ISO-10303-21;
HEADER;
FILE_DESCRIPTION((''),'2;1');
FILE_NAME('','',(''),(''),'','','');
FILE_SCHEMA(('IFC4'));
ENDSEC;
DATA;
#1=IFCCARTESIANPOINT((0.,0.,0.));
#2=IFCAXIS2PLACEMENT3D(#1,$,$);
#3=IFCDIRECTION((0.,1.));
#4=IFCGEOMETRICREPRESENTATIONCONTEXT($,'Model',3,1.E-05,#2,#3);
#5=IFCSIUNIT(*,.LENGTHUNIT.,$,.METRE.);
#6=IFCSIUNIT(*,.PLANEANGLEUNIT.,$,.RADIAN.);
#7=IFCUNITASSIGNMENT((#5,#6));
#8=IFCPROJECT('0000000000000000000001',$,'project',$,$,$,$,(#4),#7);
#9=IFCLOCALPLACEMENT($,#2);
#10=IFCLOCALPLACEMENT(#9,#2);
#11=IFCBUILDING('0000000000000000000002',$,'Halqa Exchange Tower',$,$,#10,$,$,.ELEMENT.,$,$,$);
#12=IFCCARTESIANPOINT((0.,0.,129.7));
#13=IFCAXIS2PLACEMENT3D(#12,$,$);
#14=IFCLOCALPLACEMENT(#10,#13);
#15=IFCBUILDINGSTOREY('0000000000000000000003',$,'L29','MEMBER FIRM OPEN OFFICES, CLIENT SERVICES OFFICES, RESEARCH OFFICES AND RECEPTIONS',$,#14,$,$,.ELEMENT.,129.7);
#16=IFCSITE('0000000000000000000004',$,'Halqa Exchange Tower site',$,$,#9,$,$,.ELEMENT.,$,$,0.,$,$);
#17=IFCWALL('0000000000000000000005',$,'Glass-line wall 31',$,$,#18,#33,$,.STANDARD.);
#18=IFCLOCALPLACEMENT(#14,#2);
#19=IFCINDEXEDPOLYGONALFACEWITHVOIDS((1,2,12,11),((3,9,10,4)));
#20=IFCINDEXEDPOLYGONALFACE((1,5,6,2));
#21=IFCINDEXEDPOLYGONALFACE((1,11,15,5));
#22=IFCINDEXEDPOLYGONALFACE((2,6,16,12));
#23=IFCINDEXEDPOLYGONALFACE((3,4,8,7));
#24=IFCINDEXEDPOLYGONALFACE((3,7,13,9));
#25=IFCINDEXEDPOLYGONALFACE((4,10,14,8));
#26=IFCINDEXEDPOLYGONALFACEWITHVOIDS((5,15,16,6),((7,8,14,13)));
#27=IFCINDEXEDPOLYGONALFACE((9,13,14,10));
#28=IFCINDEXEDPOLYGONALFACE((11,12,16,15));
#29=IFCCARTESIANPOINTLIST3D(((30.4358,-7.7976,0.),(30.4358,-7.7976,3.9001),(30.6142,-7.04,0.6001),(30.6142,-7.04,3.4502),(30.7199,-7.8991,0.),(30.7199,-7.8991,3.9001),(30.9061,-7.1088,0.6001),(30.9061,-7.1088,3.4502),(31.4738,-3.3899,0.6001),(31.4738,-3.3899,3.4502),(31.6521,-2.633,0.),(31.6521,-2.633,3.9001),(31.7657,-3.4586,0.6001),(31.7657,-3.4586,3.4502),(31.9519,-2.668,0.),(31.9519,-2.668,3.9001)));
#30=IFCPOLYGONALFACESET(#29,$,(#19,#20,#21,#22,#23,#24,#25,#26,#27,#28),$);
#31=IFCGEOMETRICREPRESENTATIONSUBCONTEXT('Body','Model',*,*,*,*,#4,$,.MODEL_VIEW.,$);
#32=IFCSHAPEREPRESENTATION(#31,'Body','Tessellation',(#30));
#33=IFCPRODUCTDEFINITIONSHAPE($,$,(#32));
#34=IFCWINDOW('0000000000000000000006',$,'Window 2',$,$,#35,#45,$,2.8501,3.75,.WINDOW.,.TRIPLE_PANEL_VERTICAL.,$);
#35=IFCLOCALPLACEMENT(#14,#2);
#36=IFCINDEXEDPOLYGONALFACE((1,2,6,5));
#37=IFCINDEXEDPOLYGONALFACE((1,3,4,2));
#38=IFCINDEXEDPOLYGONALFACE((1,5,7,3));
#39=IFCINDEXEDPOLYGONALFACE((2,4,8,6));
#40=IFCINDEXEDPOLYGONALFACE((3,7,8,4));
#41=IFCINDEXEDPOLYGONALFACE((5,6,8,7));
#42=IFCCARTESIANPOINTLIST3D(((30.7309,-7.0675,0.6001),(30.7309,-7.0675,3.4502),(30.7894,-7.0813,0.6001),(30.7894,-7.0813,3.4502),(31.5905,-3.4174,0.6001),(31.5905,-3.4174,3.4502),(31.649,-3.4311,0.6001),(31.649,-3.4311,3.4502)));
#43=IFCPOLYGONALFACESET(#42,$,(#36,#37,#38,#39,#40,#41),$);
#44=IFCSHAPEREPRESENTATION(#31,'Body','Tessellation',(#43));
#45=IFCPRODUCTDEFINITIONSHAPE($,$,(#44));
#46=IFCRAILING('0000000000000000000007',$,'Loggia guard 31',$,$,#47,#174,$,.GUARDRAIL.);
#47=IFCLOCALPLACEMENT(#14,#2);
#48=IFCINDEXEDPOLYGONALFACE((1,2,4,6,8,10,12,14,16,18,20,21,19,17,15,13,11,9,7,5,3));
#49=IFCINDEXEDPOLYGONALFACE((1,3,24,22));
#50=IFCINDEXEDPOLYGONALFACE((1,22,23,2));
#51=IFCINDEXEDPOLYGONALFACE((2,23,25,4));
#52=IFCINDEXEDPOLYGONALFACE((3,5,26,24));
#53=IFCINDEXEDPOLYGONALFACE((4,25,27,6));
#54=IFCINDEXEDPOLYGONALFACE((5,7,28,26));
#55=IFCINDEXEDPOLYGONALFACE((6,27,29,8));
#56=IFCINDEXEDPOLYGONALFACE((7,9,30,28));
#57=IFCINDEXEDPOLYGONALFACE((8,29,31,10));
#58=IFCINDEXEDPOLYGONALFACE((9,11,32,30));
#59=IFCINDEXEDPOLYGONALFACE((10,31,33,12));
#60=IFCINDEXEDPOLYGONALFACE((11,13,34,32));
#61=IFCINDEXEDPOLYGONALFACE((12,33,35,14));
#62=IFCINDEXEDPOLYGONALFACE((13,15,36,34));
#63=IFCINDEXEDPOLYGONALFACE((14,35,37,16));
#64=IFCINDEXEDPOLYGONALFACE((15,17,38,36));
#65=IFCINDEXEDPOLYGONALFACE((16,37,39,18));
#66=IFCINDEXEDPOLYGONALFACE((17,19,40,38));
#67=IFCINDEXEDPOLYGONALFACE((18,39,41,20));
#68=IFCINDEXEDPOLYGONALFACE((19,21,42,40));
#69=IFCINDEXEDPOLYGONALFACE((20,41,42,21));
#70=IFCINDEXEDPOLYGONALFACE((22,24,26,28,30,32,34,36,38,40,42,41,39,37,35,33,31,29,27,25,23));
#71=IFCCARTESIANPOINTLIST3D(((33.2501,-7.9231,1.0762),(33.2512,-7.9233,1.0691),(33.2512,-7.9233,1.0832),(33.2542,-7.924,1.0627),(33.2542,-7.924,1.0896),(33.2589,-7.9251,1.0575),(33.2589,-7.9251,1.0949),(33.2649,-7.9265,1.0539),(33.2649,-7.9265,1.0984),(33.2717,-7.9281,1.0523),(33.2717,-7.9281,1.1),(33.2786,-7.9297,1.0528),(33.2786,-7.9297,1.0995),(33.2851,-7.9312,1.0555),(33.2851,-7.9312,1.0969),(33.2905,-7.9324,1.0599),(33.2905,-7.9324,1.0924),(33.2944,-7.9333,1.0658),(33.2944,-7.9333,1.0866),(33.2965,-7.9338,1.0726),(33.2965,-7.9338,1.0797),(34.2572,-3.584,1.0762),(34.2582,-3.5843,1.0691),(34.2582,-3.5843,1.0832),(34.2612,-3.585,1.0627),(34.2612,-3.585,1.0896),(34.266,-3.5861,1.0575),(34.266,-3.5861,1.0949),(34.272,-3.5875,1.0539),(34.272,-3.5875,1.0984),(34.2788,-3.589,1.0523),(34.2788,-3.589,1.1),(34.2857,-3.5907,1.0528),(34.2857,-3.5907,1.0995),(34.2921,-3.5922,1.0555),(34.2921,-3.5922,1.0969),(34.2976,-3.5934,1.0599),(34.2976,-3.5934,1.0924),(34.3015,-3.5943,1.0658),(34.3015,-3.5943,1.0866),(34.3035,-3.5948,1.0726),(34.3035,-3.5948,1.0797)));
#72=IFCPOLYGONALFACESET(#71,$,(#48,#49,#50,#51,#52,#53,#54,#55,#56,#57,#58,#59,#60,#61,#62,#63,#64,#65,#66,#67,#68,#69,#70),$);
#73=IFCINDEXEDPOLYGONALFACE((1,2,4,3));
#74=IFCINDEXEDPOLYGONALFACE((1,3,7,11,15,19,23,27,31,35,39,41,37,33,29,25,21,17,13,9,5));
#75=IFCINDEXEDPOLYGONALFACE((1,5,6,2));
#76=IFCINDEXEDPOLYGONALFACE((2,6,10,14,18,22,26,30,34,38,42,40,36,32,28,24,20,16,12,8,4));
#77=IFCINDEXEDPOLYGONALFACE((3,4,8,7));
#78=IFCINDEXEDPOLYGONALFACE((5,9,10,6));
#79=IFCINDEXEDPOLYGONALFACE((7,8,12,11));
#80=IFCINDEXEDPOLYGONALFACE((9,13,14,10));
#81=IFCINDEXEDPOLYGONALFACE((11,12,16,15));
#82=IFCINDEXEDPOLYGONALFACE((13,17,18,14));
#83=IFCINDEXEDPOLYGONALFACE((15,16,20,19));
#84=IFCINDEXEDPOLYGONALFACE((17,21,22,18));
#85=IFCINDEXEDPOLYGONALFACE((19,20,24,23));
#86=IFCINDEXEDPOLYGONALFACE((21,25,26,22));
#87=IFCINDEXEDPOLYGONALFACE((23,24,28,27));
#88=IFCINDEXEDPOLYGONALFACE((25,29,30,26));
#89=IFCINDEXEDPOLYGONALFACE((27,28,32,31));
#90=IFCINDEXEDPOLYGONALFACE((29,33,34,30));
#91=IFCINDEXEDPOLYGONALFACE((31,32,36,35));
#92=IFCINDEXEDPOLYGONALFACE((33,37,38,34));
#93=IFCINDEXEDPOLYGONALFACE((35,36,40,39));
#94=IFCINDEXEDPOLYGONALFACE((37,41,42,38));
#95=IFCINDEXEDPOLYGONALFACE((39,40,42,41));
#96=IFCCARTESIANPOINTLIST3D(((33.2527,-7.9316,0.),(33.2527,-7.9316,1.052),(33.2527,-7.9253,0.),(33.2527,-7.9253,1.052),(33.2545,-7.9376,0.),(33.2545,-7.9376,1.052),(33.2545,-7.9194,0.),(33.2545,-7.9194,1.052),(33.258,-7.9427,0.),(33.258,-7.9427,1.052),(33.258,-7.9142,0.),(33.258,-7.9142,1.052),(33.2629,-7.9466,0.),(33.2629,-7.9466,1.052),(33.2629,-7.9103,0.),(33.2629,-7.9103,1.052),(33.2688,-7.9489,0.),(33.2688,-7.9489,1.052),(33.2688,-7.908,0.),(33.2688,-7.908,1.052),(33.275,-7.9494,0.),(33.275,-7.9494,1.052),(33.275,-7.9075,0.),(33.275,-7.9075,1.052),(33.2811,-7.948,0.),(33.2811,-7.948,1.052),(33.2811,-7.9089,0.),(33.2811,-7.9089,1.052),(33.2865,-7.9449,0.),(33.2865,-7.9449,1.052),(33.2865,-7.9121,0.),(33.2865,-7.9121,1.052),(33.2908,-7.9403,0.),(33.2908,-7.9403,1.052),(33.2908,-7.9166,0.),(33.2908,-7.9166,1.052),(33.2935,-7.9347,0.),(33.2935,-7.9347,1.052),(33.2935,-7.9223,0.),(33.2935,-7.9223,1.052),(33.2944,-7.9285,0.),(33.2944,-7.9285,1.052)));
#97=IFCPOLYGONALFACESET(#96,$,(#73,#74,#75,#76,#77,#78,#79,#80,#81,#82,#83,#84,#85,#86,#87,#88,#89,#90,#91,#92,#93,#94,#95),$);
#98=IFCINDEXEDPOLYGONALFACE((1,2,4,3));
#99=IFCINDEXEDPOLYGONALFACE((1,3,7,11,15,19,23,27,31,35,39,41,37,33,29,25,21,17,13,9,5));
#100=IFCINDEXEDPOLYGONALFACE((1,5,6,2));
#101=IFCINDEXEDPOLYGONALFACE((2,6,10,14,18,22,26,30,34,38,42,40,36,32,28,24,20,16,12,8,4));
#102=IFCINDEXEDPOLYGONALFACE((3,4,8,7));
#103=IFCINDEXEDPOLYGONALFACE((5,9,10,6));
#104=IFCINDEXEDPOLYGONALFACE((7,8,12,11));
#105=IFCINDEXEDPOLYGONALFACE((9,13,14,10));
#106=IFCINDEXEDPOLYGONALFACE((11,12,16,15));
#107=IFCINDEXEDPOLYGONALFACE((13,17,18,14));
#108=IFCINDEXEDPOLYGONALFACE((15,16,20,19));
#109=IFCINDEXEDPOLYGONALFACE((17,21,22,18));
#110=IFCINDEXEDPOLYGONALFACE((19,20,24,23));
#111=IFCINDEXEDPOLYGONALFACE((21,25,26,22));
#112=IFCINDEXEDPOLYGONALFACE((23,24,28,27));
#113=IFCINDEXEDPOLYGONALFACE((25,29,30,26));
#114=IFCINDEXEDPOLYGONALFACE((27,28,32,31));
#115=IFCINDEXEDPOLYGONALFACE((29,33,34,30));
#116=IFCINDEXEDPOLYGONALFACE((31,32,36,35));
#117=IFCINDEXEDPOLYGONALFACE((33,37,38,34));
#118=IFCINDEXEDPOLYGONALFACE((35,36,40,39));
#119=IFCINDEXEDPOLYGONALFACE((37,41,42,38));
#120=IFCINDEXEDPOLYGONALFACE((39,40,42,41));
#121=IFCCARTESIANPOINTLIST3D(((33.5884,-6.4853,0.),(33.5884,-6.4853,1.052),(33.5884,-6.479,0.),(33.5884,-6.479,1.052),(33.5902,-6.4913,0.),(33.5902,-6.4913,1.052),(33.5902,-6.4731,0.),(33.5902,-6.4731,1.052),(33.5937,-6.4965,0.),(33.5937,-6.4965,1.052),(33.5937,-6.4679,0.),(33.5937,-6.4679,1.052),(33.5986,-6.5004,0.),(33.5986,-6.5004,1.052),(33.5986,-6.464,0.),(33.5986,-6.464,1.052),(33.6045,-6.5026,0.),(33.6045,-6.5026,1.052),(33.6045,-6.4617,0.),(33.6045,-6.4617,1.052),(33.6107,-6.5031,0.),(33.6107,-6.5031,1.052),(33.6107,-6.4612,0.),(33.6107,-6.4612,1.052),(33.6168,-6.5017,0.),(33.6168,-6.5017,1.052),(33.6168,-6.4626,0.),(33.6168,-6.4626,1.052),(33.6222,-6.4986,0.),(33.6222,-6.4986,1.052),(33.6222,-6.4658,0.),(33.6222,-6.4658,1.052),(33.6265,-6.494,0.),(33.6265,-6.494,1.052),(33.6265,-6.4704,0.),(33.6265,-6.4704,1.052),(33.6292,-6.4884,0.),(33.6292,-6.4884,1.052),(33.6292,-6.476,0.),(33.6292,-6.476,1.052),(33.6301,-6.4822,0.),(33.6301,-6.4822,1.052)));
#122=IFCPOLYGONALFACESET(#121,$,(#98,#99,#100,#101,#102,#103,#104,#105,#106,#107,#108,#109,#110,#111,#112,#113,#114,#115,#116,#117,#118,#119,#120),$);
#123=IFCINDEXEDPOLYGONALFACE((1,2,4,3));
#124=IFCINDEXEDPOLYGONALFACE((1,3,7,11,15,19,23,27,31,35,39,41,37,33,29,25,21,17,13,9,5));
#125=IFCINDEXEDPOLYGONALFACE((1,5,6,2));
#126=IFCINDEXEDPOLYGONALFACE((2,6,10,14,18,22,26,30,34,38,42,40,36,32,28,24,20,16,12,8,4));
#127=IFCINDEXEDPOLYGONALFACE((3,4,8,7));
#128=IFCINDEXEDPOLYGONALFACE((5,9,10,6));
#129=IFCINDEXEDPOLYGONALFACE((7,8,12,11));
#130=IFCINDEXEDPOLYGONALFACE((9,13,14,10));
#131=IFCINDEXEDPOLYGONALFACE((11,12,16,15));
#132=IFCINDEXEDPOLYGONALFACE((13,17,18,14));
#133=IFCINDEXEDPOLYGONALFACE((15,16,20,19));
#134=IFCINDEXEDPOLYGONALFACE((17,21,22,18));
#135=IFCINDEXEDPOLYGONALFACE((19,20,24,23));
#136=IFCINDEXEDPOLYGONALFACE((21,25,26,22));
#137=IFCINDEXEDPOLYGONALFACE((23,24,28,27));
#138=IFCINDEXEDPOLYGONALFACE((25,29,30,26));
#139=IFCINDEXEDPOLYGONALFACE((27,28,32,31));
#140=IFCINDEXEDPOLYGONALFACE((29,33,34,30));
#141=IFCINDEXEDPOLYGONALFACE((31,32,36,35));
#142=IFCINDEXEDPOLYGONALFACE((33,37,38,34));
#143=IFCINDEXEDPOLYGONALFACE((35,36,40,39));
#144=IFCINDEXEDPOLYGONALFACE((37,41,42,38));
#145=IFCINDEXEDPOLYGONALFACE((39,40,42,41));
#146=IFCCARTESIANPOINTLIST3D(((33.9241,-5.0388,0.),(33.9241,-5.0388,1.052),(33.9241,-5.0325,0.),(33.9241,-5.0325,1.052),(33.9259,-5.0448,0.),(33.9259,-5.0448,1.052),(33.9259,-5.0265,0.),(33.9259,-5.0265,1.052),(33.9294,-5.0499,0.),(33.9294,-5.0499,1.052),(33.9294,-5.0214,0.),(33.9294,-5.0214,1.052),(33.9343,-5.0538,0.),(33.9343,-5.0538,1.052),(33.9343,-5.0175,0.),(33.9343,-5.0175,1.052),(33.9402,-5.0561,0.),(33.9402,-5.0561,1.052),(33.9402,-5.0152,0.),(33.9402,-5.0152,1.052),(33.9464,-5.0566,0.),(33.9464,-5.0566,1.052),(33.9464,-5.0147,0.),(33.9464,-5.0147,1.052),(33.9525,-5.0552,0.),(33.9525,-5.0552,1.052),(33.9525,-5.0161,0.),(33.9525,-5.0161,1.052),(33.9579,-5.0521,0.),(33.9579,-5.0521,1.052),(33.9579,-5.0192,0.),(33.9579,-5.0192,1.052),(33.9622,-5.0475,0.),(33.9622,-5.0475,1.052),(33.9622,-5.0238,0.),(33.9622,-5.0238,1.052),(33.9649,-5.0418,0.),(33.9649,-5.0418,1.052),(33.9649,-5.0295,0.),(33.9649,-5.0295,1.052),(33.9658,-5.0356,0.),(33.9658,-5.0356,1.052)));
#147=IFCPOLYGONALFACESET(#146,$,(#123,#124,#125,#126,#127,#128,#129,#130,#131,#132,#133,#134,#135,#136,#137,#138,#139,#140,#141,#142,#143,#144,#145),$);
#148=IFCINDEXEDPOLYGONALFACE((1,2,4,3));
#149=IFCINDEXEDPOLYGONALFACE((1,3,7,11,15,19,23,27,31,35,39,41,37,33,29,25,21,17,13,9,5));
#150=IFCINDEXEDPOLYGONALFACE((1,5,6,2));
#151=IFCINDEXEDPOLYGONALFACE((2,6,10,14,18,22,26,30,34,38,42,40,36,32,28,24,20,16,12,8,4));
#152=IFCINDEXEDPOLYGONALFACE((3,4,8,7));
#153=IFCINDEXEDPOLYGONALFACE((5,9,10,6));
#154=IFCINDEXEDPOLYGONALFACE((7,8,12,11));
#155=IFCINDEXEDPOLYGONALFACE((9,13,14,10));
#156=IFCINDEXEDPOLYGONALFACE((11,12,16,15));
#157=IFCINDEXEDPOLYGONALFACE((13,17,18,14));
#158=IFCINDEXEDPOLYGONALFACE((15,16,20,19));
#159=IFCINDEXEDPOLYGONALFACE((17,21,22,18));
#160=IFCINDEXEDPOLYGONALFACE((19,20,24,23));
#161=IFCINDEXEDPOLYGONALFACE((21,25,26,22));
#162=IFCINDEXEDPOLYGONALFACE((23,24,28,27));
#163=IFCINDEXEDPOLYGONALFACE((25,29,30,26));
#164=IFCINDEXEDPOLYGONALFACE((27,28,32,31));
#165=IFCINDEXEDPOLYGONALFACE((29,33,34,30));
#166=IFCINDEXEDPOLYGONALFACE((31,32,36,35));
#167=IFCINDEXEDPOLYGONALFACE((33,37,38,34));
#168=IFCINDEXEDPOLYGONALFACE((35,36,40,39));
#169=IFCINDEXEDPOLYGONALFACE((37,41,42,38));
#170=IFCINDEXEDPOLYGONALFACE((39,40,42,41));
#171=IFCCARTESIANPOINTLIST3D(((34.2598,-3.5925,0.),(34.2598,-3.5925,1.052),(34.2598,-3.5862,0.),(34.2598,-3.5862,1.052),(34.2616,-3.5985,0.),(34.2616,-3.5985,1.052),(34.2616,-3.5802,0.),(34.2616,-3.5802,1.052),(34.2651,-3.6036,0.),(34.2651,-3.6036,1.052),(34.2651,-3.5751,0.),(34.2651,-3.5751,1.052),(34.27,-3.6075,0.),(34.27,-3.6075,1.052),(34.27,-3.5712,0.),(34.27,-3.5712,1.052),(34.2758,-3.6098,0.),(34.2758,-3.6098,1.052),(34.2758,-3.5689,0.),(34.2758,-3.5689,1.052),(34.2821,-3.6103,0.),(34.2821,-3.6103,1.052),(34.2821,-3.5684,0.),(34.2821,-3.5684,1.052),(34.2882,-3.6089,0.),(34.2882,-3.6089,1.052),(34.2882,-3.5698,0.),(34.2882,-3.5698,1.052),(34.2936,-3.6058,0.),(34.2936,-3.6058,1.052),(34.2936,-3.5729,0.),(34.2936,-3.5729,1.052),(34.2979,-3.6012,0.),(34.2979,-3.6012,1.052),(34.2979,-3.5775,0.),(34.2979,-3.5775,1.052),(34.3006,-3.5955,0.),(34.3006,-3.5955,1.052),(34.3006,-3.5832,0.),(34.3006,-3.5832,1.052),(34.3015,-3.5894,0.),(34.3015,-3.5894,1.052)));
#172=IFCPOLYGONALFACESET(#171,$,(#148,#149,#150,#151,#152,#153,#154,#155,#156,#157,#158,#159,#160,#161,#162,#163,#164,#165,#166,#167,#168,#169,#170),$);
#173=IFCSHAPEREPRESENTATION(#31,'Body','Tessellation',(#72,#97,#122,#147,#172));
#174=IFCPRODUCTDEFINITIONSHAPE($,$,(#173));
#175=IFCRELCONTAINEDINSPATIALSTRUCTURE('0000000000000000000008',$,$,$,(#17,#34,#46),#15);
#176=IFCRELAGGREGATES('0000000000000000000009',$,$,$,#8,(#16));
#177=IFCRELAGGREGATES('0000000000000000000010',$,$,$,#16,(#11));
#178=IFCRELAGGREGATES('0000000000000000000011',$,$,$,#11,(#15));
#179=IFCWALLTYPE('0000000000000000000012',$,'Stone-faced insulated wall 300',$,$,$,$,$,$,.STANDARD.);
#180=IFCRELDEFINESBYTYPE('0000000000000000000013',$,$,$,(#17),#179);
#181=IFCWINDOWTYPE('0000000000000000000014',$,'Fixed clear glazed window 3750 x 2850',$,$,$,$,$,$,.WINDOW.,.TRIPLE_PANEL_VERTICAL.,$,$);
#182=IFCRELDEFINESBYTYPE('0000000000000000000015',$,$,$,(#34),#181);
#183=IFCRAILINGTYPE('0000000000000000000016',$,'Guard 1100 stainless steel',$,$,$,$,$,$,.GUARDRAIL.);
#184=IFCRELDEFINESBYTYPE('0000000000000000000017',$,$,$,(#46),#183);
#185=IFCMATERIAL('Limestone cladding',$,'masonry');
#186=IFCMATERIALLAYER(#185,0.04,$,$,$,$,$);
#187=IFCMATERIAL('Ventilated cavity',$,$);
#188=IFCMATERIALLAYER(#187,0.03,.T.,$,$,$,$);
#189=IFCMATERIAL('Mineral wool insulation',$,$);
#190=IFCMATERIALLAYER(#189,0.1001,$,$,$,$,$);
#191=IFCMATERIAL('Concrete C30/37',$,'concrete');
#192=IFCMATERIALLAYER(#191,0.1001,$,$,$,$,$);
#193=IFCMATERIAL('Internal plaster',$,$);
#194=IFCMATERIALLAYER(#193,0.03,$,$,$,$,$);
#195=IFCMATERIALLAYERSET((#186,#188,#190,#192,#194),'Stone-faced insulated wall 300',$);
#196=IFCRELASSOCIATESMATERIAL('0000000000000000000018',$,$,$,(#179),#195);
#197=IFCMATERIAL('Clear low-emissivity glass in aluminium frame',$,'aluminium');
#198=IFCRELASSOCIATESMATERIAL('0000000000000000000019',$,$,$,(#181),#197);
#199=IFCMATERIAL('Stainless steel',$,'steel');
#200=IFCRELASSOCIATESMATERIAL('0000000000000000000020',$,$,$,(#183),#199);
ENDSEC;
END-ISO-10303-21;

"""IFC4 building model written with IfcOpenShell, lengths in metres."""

from ifc_helpers import new_model, si_unit, direction, frame, frame_2d, origin, origin_2d, place, context, subcontext, project, spatial, polyline, rectangle, circle, outline, extrude, material, layer, layer_set, type_object, element, fill, save


model = new_model("IFC4")

# Units and contexts
model_context = context("Model", 3, precision=1e-05, world=origin(), true_north=direction((0.0, 1.0)))
body_context = subcontext(model_context, "Body", "Model", "MODEL_VIEW")
ifc_project = project(units=[si_unit("LENGTHUNIT", "METRE"), si_unit("PLANEANGLEUNIT", "RADIAN")], contexts=[model_context])

# Site, building, storey
site_placement = place(None, origin())
site = spatial("IfcSite", under=ifc_project, at=site_placement, Name="Halqa Exchange Tower site", CompositionType="ELEMENT", RefElevation=0.0)
building_placement = place(site_placement, origin())
building = spatial("IfcBuilding", under=site, at=building_placement, Name="Halqa Exchange Tower", CompositionType="ELEMENT")
storey_placement = place(building_placement, frame((0.0, 0.0, 129.7)))
storey = spatial("IfcBuildingStorey", under=building, at=storey_placement, Name="L29", Description="MEMBER FIRM OPEN OFFICES, CLIENT SERVICES OFFICES, RESEARCH OFFICES AND RECEPTIONS", CompositionType="ELEMENT", Elevation=129.7)

# Wall, opening, window
ifc_material_1 = material(Name="Limestone cladding", Category="masonry")
ifc_layer_1 = layer(ifc_material_1, 0.04)
ifc_material_2 = material(Name="Ventilated cavity")
ifc_layer_2 = layer(ifc_material_2, 0.03, ventilated=True)
ifc_material_3 = material(Name="Mineral wool insulation")
ifc_layer_3 = layer(ifc_material_3, 0.1001)
ifc_material_4 = material(Name="Concrete C30/37", Category="concrete")
ifc_layer_4 = layer(ifc_material_4, 0.1001)
ifc_material_5 = material(Name="Internal plaster")
ifc_layer_5 = layer(ifc_material_5, 0.03)
ifc_layer_set_1 = layer_set([ifc_layer_1, ifc_layer_2, ifc_layer_3, ifc_layer_4, ifc_layer_5], Name="Stone-faced insulated wall 300")
wall_type_1 = type_object("IfcWallType", Name="Stone-faced insulated wall 300", PredefinedType="STANDARD", material=ifc_layer_set_1)
ifc_material_6 = material(Name="Clear low-emissivity glass in aluminium frame", Category="aluminium")
window_type = type_object("IfcWindowType", Name="Fixed clear glazed window 3750 x 2850", PartitioningType="TRIPLE_PANEL_VERTICAL", PredefinedType="WINDOW", material=ifc_material_6)
wall_1_placement = place(storey_placement, frame((30.5779, -7.8484, 0.0), z_axis=(0.0, 0.0, 1.0), x_axis=(0.229228, 0.973373, 0.0)))
wall_1 = element("IfcWall", 1, at=wall_1_placement, inside=storey, type_object=wall_type_1, Name="Glass-line wall 31", PredefinedType="STANDARD", context=body_context, shape_type="SweptSolid", body=[
    extrude(outline(polyline([(-0.0168, -0.1499), (5.3574, -0.1499), (5.3228, 0.1499), (0.0168, 0.1499), (-0.0168, -0.1499)])), origin(), (0.0, 0.0, 1.0), 3.9001),
])
opening_1_placement = place(wall_1_placement, frame((0.7952, 0.0, 0.6001)))
opening_1 = element("IfcOpeningElement", 2, at=opening_1_placement, cuts=wall_1, PredefinedType="OPENING", context=body_context, shape_type="SweptSolid", body=[
    extrude(rectangle(XDim=3.75, YDim=2.8501, at=frame_2d((1.875, 1.425))), frame((0.0, 0.1621, 0.0), z_axis=(0.0, -1.0, 0.0), x_axis=(1.0, 0.0, 0.0)), (0.0, 0.0, 1.0), 0.324),
])
window_1_placement = place(opening_1_placement, origin())
window_1 = element("IfcWindow", 3, at=window_1_placement, inside=storey, type_object=window_type, Name="Window 2", OverallHeight=2.8501, OverallWidth=3.75, PartitioningType="TRIPLE_PANEL_VERTICAL", PredefinedType="WINDOW", context=body_context, shape_type="SweptSolid", body=[
    extrude(rectangle(XDim=3.75, YDim=2.8501, at=frame_2d((1.875, 1.425))), frame((0.0, 0.03, 0.0), z_axis=(0.0, -1.0, 0.0), x_axis=(1.0, 0.0, 0.0)), (0.0, 0.0, 1.0), 0.0601),
])
fill(opening_1, window_1)

# Railing
ifc_material_7 = material(Name="Stainless steel", Category="steel")
railing_type = type_object("IfcRailingType", Name="Guard 1100 stainless steel", PredefinedType="GUARDRAIL", material=ifc_material_7)
railing_1_placement = place(storey_placement, frame((33.2734, -7.9285, 0.0)))
element("IfcRailing", 4, at=railing_1_placement, inside=storey, type_object=railing_type, Name="Loggia guard 31", PredefinedType="GUARDRAIL", context=body_context, shape_type="SweptSolid", body=[
    extrude(circle(Radius=0.0239, at=origin_2d()), frame((0.0, 0.0, 1.0762), z_axis=(0.226084, 0.974108, 0.0), x_axis=(-0.974108, 0.226084, 0.0)), (0.0, 0.0, 1.0), 4.4543),
    extrude(circle(Radius=0.021, at=origin_2d()), origin(), (0.0, 0.0, 1.0), 1.052),
    extrude(circle(Radius=0.021, at=origin_2d()), frame((0.3357, 1.4463, 0.0)), (0.0, 0.0, 1.0), 1.052),
    extrude(circle(Radius=0.021, at=origin_2d()), frame((0.6714, 2.8928, 0.0)), (0.0, 0.0, 1.0), 1.052),
    extrude(circle(Radius=0.021, at=origin_2d()), frame((1.0071, 4.3391, 0.0)), (0.0, 0.0, 1.0), 1.052),
])

save(model, "model.ifc")
